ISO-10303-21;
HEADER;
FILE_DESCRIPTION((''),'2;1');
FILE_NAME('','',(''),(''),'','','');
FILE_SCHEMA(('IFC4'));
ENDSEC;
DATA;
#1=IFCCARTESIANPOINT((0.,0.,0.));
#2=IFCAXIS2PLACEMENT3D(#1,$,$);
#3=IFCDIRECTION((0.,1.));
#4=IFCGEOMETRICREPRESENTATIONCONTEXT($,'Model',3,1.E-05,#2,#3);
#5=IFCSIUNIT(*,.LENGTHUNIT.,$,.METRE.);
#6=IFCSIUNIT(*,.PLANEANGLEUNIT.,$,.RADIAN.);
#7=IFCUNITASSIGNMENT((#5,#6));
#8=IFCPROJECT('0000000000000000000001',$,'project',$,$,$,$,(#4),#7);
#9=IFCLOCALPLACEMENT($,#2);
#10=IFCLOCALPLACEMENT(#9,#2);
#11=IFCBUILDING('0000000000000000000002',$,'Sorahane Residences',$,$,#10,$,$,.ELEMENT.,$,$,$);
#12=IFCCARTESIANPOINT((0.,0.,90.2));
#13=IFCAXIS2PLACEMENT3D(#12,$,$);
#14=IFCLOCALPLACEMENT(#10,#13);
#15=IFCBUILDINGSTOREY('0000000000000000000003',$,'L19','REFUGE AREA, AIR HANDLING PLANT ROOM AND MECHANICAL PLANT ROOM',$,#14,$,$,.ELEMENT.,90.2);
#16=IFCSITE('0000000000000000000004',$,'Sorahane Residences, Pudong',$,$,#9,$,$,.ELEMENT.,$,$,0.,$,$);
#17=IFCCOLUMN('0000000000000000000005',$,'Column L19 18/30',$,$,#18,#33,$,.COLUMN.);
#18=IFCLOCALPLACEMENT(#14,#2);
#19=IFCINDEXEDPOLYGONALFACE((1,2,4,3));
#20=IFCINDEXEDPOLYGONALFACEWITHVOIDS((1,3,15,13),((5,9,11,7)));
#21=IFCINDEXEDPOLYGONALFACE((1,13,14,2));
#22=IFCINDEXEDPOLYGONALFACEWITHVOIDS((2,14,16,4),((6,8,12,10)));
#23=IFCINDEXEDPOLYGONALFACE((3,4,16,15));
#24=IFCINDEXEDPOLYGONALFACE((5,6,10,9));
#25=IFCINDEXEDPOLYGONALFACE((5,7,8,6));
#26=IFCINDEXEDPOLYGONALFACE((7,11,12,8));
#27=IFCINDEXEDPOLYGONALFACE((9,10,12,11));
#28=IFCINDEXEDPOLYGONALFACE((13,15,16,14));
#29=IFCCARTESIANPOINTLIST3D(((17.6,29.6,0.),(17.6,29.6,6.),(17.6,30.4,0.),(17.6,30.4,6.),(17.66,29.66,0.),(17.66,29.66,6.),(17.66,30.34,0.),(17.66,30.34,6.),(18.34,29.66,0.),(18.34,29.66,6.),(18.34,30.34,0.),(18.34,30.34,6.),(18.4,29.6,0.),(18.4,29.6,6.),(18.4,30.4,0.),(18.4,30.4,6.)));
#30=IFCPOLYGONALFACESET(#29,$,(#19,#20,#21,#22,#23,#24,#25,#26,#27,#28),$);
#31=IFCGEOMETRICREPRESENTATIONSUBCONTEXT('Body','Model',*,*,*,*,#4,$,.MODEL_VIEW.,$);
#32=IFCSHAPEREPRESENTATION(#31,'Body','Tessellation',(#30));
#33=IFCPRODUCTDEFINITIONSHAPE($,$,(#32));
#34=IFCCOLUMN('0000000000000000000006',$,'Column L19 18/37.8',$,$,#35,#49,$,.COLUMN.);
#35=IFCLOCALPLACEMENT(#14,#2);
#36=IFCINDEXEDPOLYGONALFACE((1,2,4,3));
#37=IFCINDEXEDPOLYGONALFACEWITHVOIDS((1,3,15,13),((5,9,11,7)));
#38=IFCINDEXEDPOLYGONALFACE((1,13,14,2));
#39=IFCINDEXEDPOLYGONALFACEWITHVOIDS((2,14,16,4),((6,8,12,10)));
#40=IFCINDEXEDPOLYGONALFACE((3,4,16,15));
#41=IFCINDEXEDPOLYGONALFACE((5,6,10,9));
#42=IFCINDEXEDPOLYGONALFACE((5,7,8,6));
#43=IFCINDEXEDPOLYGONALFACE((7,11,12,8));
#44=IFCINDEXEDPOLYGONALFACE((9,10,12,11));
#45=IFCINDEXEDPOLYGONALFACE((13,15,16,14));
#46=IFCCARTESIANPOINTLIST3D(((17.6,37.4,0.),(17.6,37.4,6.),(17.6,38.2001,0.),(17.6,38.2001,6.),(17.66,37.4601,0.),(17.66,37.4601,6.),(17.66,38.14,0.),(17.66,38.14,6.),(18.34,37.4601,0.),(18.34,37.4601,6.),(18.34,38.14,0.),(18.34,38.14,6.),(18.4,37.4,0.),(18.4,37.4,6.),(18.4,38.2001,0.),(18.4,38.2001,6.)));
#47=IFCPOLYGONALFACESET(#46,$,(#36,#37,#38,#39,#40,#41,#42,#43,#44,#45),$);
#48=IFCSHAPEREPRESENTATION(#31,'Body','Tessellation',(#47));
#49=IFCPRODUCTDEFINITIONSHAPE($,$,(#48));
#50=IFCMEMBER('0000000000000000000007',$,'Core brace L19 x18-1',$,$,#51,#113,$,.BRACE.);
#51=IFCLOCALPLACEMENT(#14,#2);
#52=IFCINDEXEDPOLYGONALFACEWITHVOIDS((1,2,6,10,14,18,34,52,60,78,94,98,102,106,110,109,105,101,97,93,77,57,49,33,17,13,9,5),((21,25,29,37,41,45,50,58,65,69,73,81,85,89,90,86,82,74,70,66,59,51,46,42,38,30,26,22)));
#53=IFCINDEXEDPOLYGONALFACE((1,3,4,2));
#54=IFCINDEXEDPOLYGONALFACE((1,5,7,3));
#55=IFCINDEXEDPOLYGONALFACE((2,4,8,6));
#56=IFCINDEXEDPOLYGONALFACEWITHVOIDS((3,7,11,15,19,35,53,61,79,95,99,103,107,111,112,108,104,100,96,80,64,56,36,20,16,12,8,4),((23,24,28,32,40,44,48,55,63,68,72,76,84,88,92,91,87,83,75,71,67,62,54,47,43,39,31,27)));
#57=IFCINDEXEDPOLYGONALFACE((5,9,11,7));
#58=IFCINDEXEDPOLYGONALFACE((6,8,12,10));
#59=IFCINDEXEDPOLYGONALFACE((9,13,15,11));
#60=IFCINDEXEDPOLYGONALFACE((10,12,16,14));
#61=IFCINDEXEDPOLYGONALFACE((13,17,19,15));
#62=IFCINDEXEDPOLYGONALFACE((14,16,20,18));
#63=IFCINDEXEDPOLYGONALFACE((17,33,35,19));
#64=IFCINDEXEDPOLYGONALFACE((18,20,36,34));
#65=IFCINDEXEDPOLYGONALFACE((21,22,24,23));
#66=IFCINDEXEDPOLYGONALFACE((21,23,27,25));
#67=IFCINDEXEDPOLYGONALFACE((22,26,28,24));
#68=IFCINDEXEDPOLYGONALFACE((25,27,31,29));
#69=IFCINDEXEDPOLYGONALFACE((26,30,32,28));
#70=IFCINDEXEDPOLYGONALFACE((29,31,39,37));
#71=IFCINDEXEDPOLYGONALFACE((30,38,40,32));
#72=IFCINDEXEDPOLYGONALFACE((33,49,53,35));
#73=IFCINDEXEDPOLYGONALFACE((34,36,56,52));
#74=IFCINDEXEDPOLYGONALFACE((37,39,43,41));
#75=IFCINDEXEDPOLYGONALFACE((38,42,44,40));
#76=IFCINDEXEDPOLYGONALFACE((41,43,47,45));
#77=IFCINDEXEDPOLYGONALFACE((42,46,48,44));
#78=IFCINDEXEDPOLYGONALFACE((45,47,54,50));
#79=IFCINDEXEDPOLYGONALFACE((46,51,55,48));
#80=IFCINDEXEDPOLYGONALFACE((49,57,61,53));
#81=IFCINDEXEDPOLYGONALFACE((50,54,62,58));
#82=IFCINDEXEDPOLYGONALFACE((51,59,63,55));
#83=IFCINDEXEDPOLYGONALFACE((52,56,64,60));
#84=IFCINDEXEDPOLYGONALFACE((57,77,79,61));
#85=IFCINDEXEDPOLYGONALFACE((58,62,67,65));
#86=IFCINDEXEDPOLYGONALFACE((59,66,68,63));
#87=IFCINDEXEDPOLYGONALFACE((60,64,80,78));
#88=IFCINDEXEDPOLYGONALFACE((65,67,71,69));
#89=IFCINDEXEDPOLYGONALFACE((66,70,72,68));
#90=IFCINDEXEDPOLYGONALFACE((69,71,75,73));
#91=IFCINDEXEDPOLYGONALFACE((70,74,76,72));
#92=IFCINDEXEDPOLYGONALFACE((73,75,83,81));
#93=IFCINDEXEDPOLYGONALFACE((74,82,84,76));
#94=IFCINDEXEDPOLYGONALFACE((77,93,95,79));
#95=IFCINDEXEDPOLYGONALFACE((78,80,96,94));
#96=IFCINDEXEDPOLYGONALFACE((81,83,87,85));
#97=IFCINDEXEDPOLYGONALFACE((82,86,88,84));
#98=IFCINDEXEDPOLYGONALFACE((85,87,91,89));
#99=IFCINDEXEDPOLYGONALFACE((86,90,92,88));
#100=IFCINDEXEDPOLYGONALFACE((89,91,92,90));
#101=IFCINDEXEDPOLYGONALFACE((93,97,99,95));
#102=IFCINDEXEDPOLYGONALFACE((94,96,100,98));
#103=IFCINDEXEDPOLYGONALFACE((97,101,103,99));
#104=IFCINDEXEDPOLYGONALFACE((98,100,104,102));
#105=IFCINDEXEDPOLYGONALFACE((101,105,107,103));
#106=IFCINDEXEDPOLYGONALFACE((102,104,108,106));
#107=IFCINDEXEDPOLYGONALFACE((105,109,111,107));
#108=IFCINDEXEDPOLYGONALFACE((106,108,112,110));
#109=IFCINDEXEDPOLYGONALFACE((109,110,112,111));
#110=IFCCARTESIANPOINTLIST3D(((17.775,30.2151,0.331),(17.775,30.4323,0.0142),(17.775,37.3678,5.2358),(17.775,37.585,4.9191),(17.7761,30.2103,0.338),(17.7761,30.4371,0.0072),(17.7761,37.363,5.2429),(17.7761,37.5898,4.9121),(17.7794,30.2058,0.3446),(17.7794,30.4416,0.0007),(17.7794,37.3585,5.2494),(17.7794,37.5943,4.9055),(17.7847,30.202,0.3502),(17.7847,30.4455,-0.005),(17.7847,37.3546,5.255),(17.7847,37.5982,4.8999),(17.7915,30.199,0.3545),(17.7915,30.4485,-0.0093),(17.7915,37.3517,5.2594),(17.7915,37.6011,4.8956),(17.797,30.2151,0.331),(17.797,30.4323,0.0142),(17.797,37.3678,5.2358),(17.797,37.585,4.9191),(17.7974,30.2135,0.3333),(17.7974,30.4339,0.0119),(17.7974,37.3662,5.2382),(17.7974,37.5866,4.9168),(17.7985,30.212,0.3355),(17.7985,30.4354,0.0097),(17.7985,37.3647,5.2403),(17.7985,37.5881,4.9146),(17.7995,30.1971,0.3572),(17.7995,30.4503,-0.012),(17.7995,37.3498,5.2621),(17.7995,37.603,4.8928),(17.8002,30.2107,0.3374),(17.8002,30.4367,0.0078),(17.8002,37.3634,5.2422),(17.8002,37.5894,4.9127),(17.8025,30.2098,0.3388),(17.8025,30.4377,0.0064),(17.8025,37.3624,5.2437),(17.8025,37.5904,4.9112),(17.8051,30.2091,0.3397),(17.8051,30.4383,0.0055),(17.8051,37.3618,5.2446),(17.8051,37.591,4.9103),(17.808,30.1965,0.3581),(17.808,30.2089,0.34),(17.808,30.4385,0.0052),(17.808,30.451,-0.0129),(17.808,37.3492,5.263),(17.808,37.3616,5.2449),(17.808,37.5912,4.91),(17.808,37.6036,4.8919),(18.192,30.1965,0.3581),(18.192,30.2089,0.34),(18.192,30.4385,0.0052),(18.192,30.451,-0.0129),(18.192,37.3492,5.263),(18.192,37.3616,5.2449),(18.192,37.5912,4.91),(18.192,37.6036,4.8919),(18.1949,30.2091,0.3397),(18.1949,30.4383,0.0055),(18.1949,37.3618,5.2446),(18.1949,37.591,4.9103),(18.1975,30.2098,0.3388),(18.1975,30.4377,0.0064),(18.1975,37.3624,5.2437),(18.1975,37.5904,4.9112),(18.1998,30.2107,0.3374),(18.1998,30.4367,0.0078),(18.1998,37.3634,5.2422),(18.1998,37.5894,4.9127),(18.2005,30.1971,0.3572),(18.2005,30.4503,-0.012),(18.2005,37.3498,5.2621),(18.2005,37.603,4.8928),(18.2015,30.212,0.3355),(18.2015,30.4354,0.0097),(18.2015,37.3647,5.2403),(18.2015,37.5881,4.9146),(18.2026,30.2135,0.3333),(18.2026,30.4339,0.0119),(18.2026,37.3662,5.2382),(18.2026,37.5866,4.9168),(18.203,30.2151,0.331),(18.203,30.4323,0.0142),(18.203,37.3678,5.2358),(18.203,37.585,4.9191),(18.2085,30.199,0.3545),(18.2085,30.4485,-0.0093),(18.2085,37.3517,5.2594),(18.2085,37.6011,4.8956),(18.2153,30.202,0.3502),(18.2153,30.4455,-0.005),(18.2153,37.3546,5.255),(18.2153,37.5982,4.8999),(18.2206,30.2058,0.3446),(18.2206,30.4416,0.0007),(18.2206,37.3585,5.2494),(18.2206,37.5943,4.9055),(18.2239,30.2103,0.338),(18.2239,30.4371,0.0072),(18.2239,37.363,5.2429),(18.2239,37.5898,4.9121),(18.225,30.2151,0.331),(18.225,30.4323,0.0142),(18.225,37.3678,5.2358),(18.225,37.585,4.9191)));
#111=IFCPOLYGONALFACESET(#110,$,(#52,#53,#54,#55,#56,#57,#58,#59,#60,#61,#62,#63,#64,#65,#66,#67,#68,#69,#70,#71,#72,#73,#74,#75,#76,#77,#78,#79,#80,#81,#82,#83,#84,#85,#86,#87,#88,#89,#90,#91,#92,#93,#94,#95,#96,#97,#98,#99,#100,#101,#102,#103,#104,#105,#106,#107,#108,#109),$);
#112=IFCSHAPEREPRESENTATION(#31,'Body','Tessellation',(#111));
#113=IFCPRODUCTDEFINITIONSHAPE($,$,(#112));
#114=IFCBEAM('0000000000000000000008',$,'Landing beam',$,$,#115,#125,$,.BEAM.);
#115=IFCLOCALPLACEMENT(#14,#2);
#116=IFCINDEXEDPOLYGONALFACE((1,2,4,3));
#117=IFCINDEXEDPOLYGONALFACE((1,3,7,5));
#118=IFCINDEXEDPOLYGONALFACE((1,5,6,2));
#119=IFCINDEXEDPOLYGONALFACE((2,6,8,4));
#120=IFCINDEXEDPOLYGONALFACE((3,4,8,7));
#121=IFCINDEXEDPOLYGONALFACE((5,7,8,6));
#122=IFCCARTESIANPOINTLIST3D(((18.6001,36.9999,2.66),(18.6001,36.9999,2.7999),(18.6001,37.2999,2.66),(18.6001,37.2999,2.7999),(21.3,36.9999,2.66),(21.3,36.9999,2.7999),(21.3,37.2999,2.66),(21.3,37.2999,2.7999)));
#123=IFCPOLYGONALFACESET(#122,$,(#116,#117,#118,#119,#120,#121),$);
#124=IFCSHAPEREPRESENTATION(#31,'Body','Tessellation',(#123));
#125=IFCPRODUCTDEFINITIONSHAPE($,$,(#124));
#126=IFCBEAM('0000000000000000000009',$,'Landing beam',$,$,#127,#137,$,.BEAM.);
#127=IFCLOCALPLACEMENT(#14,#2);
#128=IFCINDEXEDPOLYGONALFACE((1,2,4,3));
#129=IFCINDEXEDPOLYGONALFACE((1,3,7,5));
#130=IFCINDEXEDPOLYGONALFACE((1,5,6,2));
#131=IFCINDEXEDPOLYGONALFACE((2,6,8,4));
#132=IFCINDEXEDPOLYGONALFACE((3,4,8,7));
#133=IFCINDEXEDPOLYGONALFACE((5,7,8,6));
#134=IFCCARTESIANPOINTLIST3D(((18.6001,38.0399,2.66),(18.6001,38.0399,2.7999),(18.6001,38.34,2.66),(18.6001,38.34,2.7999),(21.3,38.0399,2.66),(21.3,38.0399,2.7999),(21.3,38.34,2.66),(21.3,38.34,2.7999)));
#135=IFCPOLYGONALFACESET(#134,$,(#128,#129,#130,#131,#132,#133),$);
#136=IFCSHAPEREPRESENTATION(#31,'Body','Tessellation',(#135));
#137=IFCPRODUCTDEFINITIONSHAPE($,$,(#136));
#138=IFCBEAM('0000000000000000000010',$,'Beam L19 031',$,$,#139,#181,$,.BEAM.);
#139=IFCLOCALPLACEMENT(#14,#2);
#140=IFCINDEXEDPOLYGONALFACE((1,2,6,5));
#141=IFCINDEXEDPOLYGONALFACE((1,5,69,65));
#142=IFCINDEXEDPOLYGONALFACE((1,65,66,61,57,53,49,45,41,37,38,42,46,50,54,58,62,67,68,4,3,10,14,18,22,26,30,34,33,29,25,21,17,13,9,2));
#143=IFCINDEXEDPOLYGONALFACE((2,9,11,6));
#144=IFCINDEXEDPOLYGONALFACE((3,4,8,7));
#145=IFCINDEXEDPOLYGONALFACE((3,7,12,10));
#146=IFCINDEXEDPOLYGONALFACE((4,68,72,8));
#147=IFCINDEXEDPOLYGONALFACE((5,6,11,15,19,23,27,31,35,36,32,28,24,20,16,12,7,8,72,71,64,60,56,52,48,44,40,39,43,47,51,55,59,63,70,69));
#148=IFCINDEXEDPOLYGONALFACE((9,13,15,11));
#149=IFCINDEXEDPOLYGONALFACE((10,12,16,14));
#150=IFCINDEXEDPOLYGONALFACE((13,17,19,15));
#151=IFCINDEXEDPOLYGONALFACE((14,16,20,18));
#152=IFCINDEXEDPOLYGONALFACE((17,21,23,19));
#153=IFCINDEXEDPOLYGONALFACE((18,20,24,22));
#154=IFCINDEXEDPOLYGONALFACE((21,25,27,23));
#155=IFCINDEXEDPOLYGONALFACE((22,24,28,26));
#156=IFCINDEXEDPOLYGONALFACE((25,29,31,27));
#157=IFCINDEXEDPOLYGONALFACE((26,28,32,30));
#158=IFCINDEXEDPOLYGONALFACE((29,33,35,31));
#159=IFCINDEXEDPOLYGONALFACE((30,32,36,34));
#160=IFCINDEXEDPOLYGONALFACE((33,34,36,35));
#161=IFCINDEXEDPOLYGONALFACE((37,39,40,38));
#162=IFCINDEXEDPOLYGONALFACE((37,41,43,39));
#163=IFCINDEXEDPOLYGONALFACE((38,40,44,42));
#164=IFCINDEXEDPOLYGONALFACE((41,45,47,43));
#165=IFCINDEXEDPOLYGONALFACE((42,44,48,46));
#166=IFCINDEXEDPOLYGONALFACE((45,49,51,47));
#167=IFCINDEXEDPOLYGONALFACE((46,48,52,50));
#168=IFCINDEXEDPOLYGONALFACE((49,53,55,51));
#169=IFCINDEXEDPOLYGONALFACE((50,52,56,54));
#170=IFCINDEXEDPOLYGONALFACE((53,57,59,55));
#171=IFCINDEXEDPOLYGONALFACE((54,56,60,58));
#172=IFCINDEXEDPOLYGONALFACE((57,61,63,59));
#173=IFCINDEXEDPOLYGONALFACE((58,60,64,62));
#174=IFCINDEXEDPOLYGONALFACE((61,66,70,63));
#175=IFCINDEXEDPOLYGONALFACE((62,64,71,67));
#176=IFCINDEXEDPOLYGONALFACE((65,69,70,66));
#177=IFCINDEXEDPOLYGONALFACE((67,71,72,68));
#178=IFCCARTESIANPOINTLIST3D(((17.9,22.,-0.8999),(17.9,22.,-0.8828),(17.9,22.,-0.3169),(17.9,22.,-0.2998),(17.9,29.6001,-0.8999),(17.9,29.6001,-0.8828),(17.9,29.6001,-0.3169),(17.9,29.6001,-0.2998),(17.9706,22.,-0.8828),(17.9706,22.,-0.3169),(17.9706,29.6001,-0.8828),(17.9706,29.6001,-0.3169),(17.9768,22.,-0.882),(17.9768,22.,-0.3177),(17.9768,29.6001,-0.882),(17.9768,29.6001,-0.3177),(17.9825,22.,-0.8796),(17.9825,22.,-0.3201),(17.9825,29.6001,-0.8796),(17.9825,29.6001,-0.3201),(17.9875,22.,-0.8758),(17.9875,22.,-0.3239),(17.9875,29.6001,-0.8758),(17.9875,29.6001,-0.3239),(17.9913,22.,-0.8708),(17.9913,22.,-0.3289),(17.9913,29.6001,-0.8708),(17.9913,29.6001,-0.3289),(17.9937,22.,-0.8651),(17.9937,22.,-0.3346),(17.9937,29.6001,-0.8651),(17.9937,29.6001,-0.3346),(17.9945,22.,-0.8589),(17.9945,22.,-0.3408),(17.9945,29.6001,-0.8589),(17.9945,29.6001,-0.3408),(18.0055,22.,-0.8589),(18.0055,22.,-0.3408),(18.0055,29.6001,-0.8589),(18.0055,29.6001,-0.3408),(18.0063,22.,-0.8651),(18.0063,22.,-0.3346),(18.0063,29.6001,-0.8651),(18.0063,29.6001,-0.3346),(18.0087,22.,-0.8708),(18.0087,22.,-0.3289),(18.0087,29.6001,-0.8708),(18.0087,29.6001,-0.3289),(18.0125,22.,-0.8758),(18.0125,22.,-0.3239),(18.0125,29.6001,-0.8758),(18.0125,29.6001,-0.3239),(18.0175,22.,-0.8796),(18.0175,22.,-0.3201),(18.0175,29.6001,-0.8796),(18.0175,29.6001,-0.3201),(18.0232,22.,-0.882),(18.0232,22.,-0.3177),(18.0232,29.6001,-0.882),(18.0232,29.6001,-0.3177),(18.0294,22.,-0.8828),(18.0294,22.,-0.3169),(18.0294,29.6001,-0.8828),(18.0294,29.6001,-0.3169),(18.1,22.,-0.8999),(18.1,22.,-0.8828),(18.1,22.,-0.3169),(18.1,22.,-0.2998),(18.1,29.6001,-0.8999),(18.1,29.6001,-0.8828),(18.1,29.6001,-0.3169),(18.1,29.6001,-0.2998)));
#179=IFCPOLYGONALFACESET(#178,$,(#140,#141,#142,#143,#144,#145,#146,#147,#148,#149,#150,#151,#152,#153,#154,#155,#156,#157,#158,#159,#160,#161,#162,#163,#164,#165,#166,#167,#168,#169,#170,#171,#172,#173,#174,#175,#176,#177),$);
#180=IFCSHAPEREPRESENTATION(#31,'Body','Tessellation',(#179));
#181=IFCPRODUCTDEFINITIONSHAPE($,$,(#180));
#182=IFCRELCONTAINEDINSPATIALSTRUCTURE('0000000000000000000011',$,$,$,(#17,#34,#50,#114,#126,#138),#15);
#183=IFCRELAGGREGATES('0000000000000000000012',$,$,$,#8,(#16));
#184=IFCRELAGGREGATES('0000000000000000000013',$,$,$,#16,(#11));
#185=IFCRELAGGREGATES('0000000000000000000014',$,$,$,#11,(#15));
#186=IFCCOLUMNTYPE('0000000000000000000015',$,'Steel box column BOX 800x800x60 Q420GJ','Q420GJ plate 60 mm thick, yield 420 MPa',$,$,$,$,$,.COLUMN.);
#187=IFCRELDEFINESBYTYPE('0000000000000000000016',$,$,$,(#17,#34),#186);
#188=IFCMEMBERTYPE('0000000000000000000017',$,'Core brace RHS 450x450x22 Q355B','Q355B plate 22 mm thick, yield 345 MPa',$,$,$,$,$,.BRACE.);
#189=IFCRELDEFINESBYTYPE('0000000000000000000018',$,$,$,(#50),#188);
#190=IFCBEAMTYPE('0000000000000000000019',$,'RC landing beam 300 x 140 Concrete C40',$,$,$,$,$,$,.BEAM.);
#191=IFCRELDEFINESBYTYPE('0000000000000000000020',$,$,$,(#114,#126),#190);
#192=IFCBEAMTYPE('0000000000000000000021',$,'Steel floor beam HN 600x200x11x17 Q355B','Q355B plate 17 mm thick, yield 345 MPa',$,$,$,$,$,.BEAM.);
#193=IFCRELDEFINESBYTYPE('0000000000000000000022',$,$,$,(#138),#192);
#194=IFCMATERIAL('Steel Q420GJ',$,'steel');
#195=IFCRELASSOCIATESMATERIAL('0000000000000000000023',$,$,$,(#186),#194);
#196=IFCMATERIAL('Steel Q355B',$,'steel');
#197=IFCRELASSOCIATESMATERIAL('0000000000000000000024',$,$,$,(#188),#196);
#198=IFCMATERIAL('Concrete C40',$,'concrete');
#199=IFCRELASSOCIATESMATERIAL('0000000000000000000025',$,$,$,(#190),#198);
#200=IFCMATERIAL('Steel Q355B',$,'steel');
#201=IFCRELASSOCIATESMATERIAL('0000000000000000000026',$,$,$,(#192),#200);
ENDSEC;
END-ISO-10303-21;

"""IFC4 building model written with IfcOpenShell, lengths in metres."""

from ifc_helpers import new_model, si_unit, direction, frame, origin, origin_2d, place, context, subcontext, project, spatial, rectangle, hollow_rectangle, i_section, extrude, material, material_profile, profile_set, type_object, element, save


model = new_model("IFC4")

# Units and contexts
model_context = context("Model", 3, precision=1e-05, world=origin(), true_north=direction((0.0, 1.0)))
body_context = subcontext(model_context, "Body", "Model", "MODEL_VIEW")
ifc_project = project(units=[si_unit("LENGTHUNIT", "METRE"), si_unit("PLANEANGLEUNIT", "RADIAN")], contexts=[model_context])

# Site, building, storey
site_placement = place(None, origin())
site = spatial("IfcSite", under=ifc_project, at=site_placement, Name="Sorahane Residences, Pudong", CompositionType="ELEMENT", RefElevation=0.0)
building_placement = place(site_placement, origin())
building = spatial("IfcBuilding", under=site, at=building_placement, Name="Sorahane Residences", CompositionType="ELEMENT")
storey_placement = place(building_placement, frame((0.0, 0.0, 90.2)))
storey = spatial("IfcBuildingStorey", under=building, at=storey_placement, Name="L19", Description="REFUGE AREA, AIR HANDLING PLANT ROOM AND MECHANICAL PLANT ROOM", CompositionType="ELEMENT", Elevation=90.2)

# Columns
ifc_material_1 = material(Name="Steel Q420GJ", Category="steel")
ifc_material_profile_1 = material_profile(ifc_material_1, hollow_rectangle(XDim=0.8, YDim=0.8, WallThickness=0.0601, at=origin_2d()), Name="BOX 800x800x60")
ifc_profile_set_1 = profile_set([ifc_material_profile_1], Name="Steel Q420GJ")
column_type = type_object("IfcColumnType", Name="Steel box column BOX 800x800x60 Q420GJ", Description="Q420GJ plate 60 mm thick, yield 420 MPa", PredefinedType="COLUMN", material=ifc_profile_set_1)
for number, where, z_axis, x_axis, name in (
    (1, (18.0, 30.0, 0.0), (0.0, 0.0, 1.0), (1.0, 0.0, 0.0), "Column L19 18/30"),
    (2, (18.0, 37.8, 0.0), (0.0, 0.0, 1.0), (1.0, 0.0, 0.0), "Column L19 18/37.8"),
):
    element("IfcColumn", number, at=place(storey_placement, frame(where, z_axis=z_axis, x_axis=x_axis)), inside=storey, type_object=column_type, Name=name, PredefinedType="COLUMN", context=body_context, shape_type="SweptSolid", body=[
        extrude(hollow_rectangle(XDim=0.8, YDim=0.8, WallThickness=0.0601, at=origin_2d()), origin(), (0.0, 0.0, 1.0), 6.0),
    ])

# Member
ifc_material_2 = material(Name="Steel Q355B", Category="steel")
ifc_material_profile_2 = material_profile(ifc_material_2, hollow_rectangle(XDim=0.45, YDim=0.45, WallThickness=0.022, InnerFilletRadius=0.011, OuterFilletRadius=0.033, at=origin_2d()), Name="RHS 450x450x22")
ifc_profile_set_2 = profile_set([ifc_material_profile_2], Name="Steel Q355B")
member_type = type_object("IfcMemberType", Name="Core brace RHS 450x450x22 Q355B", Description="Q355B plate 22 mm thick, yield 345 MPa", PredefinedType="BRACE", material=ifc_profile_set_2)
member_placement = place(storey_placement, frame((18.0, 30.3237, 0.1726), z_axis=(0.0, 0.824721, 0.56554), x_axis=(-1.0, 0.0, 0.0)))
element("IfcMember", 3, at=member_placement, inside=storey, type_object=member_type, Name="Core brace L19 x18-1", PredefinedType="BRACE", context=body_context, shape_type="SweptSolid", body=[
    extrude(hollow_rectangle(XDim=0.45, YDim=0.45, WallThickness=0.022, InnerFilletRadius=0.011, OuterFilletRadius=0.033, at=origin_2d()), origin(), (0.0, 0.0, 1.0), 8.6729),
])

# Beams
ifc_material_3 = material(Name="Concrete C40", Category="concrete")
ifc_material_profile_3 = material_profile(ifc_material_3, rectangle(XDim=0.3, YDim=0.1399, at=origin_2d()), Name="300x140")
ifc_profile_set_3 = profile_set([ifc_material_profile_3], Name="Concrete C40")
beam_type_1 = type_object("IfcBeamType", Name="RC landing beam 300 x 140 Concrete C40", PredefinedType="BEAM", material=ifc_profile_set_3)
for number, where, z_axis, x_axis, name in (
    (4, (18.6001, 37.1499, 2.73), (1.0, 0.0, 0.0), (0.0, 1.0, 0.0), "Landing beam"),
    (5, (18.6001, 38.1899, 2.73), (1.0, 0.0, 0.0), (0.0, 1.0, 0.0), "Landing beam"),
):
    element("IfcBeam", number, at=place(storey_placement, frame(where, z_axis=z_axis, x_axis=x_axis)), inside=storey, type_object=beam_type_1, Name=name, PredefinedType="BEAM", context=body_context, shape_type="SweptSolid", body=[
        extrude(rectangle(XDim=0.3, YDim=0.1399, at=origin_2d()), origin(), (0.0, 0.0, 1.0), 2.7),
    ])
ifc_material_4 = material(Name="Steel Q355B", Category="steel")
ifc_material_profile_4 = material_profile(ifc_material_4, i_section(OverallWidth=0.2, OverallDepth=0.6001, WebThickness=0.011, FlangeThickness=0.0171, FilletRadius=0.0239, at=origin_2d()), Name="HN 600x200x11x17")
ifc_profile_set_4 = profile_set([ifc_material_profile_4], Name="Steel Q355B")
beam_type_2 = type_object("IfcBeamType", Name="Steel floor beam HN 600x200x11x17 Q355B", Description="Q355B plate 17 mm thick, yield 345 MPa", PredefinedType="BEAM", material=ifc_profile_set_4)
beam_placement = place(storey_placement, frame((18.0, 22.0, -0.5999), z_axis=(0.0, 1.0, 0.0), x_axis=(-1.0, 0.0, 0.0)))
element("IfcBeam", 6, at=beam_placement, inside=storey, type_object=beam_type_2, Name="Beam L19 031", PredefinedType="BEAM", context=body_context, shape_type="SweptSolid", body=[
    extrude(i_section(OverallWidth=0.2, OverallDepth=0.6001, WebThickness=0.011, FlangeThickness=0.0171, FilletRadius=0.0239, at=origin_2d()), origin(), (0.0, 0.0, 1.0), 7.6001),
])

save(model, "model.ifc")
